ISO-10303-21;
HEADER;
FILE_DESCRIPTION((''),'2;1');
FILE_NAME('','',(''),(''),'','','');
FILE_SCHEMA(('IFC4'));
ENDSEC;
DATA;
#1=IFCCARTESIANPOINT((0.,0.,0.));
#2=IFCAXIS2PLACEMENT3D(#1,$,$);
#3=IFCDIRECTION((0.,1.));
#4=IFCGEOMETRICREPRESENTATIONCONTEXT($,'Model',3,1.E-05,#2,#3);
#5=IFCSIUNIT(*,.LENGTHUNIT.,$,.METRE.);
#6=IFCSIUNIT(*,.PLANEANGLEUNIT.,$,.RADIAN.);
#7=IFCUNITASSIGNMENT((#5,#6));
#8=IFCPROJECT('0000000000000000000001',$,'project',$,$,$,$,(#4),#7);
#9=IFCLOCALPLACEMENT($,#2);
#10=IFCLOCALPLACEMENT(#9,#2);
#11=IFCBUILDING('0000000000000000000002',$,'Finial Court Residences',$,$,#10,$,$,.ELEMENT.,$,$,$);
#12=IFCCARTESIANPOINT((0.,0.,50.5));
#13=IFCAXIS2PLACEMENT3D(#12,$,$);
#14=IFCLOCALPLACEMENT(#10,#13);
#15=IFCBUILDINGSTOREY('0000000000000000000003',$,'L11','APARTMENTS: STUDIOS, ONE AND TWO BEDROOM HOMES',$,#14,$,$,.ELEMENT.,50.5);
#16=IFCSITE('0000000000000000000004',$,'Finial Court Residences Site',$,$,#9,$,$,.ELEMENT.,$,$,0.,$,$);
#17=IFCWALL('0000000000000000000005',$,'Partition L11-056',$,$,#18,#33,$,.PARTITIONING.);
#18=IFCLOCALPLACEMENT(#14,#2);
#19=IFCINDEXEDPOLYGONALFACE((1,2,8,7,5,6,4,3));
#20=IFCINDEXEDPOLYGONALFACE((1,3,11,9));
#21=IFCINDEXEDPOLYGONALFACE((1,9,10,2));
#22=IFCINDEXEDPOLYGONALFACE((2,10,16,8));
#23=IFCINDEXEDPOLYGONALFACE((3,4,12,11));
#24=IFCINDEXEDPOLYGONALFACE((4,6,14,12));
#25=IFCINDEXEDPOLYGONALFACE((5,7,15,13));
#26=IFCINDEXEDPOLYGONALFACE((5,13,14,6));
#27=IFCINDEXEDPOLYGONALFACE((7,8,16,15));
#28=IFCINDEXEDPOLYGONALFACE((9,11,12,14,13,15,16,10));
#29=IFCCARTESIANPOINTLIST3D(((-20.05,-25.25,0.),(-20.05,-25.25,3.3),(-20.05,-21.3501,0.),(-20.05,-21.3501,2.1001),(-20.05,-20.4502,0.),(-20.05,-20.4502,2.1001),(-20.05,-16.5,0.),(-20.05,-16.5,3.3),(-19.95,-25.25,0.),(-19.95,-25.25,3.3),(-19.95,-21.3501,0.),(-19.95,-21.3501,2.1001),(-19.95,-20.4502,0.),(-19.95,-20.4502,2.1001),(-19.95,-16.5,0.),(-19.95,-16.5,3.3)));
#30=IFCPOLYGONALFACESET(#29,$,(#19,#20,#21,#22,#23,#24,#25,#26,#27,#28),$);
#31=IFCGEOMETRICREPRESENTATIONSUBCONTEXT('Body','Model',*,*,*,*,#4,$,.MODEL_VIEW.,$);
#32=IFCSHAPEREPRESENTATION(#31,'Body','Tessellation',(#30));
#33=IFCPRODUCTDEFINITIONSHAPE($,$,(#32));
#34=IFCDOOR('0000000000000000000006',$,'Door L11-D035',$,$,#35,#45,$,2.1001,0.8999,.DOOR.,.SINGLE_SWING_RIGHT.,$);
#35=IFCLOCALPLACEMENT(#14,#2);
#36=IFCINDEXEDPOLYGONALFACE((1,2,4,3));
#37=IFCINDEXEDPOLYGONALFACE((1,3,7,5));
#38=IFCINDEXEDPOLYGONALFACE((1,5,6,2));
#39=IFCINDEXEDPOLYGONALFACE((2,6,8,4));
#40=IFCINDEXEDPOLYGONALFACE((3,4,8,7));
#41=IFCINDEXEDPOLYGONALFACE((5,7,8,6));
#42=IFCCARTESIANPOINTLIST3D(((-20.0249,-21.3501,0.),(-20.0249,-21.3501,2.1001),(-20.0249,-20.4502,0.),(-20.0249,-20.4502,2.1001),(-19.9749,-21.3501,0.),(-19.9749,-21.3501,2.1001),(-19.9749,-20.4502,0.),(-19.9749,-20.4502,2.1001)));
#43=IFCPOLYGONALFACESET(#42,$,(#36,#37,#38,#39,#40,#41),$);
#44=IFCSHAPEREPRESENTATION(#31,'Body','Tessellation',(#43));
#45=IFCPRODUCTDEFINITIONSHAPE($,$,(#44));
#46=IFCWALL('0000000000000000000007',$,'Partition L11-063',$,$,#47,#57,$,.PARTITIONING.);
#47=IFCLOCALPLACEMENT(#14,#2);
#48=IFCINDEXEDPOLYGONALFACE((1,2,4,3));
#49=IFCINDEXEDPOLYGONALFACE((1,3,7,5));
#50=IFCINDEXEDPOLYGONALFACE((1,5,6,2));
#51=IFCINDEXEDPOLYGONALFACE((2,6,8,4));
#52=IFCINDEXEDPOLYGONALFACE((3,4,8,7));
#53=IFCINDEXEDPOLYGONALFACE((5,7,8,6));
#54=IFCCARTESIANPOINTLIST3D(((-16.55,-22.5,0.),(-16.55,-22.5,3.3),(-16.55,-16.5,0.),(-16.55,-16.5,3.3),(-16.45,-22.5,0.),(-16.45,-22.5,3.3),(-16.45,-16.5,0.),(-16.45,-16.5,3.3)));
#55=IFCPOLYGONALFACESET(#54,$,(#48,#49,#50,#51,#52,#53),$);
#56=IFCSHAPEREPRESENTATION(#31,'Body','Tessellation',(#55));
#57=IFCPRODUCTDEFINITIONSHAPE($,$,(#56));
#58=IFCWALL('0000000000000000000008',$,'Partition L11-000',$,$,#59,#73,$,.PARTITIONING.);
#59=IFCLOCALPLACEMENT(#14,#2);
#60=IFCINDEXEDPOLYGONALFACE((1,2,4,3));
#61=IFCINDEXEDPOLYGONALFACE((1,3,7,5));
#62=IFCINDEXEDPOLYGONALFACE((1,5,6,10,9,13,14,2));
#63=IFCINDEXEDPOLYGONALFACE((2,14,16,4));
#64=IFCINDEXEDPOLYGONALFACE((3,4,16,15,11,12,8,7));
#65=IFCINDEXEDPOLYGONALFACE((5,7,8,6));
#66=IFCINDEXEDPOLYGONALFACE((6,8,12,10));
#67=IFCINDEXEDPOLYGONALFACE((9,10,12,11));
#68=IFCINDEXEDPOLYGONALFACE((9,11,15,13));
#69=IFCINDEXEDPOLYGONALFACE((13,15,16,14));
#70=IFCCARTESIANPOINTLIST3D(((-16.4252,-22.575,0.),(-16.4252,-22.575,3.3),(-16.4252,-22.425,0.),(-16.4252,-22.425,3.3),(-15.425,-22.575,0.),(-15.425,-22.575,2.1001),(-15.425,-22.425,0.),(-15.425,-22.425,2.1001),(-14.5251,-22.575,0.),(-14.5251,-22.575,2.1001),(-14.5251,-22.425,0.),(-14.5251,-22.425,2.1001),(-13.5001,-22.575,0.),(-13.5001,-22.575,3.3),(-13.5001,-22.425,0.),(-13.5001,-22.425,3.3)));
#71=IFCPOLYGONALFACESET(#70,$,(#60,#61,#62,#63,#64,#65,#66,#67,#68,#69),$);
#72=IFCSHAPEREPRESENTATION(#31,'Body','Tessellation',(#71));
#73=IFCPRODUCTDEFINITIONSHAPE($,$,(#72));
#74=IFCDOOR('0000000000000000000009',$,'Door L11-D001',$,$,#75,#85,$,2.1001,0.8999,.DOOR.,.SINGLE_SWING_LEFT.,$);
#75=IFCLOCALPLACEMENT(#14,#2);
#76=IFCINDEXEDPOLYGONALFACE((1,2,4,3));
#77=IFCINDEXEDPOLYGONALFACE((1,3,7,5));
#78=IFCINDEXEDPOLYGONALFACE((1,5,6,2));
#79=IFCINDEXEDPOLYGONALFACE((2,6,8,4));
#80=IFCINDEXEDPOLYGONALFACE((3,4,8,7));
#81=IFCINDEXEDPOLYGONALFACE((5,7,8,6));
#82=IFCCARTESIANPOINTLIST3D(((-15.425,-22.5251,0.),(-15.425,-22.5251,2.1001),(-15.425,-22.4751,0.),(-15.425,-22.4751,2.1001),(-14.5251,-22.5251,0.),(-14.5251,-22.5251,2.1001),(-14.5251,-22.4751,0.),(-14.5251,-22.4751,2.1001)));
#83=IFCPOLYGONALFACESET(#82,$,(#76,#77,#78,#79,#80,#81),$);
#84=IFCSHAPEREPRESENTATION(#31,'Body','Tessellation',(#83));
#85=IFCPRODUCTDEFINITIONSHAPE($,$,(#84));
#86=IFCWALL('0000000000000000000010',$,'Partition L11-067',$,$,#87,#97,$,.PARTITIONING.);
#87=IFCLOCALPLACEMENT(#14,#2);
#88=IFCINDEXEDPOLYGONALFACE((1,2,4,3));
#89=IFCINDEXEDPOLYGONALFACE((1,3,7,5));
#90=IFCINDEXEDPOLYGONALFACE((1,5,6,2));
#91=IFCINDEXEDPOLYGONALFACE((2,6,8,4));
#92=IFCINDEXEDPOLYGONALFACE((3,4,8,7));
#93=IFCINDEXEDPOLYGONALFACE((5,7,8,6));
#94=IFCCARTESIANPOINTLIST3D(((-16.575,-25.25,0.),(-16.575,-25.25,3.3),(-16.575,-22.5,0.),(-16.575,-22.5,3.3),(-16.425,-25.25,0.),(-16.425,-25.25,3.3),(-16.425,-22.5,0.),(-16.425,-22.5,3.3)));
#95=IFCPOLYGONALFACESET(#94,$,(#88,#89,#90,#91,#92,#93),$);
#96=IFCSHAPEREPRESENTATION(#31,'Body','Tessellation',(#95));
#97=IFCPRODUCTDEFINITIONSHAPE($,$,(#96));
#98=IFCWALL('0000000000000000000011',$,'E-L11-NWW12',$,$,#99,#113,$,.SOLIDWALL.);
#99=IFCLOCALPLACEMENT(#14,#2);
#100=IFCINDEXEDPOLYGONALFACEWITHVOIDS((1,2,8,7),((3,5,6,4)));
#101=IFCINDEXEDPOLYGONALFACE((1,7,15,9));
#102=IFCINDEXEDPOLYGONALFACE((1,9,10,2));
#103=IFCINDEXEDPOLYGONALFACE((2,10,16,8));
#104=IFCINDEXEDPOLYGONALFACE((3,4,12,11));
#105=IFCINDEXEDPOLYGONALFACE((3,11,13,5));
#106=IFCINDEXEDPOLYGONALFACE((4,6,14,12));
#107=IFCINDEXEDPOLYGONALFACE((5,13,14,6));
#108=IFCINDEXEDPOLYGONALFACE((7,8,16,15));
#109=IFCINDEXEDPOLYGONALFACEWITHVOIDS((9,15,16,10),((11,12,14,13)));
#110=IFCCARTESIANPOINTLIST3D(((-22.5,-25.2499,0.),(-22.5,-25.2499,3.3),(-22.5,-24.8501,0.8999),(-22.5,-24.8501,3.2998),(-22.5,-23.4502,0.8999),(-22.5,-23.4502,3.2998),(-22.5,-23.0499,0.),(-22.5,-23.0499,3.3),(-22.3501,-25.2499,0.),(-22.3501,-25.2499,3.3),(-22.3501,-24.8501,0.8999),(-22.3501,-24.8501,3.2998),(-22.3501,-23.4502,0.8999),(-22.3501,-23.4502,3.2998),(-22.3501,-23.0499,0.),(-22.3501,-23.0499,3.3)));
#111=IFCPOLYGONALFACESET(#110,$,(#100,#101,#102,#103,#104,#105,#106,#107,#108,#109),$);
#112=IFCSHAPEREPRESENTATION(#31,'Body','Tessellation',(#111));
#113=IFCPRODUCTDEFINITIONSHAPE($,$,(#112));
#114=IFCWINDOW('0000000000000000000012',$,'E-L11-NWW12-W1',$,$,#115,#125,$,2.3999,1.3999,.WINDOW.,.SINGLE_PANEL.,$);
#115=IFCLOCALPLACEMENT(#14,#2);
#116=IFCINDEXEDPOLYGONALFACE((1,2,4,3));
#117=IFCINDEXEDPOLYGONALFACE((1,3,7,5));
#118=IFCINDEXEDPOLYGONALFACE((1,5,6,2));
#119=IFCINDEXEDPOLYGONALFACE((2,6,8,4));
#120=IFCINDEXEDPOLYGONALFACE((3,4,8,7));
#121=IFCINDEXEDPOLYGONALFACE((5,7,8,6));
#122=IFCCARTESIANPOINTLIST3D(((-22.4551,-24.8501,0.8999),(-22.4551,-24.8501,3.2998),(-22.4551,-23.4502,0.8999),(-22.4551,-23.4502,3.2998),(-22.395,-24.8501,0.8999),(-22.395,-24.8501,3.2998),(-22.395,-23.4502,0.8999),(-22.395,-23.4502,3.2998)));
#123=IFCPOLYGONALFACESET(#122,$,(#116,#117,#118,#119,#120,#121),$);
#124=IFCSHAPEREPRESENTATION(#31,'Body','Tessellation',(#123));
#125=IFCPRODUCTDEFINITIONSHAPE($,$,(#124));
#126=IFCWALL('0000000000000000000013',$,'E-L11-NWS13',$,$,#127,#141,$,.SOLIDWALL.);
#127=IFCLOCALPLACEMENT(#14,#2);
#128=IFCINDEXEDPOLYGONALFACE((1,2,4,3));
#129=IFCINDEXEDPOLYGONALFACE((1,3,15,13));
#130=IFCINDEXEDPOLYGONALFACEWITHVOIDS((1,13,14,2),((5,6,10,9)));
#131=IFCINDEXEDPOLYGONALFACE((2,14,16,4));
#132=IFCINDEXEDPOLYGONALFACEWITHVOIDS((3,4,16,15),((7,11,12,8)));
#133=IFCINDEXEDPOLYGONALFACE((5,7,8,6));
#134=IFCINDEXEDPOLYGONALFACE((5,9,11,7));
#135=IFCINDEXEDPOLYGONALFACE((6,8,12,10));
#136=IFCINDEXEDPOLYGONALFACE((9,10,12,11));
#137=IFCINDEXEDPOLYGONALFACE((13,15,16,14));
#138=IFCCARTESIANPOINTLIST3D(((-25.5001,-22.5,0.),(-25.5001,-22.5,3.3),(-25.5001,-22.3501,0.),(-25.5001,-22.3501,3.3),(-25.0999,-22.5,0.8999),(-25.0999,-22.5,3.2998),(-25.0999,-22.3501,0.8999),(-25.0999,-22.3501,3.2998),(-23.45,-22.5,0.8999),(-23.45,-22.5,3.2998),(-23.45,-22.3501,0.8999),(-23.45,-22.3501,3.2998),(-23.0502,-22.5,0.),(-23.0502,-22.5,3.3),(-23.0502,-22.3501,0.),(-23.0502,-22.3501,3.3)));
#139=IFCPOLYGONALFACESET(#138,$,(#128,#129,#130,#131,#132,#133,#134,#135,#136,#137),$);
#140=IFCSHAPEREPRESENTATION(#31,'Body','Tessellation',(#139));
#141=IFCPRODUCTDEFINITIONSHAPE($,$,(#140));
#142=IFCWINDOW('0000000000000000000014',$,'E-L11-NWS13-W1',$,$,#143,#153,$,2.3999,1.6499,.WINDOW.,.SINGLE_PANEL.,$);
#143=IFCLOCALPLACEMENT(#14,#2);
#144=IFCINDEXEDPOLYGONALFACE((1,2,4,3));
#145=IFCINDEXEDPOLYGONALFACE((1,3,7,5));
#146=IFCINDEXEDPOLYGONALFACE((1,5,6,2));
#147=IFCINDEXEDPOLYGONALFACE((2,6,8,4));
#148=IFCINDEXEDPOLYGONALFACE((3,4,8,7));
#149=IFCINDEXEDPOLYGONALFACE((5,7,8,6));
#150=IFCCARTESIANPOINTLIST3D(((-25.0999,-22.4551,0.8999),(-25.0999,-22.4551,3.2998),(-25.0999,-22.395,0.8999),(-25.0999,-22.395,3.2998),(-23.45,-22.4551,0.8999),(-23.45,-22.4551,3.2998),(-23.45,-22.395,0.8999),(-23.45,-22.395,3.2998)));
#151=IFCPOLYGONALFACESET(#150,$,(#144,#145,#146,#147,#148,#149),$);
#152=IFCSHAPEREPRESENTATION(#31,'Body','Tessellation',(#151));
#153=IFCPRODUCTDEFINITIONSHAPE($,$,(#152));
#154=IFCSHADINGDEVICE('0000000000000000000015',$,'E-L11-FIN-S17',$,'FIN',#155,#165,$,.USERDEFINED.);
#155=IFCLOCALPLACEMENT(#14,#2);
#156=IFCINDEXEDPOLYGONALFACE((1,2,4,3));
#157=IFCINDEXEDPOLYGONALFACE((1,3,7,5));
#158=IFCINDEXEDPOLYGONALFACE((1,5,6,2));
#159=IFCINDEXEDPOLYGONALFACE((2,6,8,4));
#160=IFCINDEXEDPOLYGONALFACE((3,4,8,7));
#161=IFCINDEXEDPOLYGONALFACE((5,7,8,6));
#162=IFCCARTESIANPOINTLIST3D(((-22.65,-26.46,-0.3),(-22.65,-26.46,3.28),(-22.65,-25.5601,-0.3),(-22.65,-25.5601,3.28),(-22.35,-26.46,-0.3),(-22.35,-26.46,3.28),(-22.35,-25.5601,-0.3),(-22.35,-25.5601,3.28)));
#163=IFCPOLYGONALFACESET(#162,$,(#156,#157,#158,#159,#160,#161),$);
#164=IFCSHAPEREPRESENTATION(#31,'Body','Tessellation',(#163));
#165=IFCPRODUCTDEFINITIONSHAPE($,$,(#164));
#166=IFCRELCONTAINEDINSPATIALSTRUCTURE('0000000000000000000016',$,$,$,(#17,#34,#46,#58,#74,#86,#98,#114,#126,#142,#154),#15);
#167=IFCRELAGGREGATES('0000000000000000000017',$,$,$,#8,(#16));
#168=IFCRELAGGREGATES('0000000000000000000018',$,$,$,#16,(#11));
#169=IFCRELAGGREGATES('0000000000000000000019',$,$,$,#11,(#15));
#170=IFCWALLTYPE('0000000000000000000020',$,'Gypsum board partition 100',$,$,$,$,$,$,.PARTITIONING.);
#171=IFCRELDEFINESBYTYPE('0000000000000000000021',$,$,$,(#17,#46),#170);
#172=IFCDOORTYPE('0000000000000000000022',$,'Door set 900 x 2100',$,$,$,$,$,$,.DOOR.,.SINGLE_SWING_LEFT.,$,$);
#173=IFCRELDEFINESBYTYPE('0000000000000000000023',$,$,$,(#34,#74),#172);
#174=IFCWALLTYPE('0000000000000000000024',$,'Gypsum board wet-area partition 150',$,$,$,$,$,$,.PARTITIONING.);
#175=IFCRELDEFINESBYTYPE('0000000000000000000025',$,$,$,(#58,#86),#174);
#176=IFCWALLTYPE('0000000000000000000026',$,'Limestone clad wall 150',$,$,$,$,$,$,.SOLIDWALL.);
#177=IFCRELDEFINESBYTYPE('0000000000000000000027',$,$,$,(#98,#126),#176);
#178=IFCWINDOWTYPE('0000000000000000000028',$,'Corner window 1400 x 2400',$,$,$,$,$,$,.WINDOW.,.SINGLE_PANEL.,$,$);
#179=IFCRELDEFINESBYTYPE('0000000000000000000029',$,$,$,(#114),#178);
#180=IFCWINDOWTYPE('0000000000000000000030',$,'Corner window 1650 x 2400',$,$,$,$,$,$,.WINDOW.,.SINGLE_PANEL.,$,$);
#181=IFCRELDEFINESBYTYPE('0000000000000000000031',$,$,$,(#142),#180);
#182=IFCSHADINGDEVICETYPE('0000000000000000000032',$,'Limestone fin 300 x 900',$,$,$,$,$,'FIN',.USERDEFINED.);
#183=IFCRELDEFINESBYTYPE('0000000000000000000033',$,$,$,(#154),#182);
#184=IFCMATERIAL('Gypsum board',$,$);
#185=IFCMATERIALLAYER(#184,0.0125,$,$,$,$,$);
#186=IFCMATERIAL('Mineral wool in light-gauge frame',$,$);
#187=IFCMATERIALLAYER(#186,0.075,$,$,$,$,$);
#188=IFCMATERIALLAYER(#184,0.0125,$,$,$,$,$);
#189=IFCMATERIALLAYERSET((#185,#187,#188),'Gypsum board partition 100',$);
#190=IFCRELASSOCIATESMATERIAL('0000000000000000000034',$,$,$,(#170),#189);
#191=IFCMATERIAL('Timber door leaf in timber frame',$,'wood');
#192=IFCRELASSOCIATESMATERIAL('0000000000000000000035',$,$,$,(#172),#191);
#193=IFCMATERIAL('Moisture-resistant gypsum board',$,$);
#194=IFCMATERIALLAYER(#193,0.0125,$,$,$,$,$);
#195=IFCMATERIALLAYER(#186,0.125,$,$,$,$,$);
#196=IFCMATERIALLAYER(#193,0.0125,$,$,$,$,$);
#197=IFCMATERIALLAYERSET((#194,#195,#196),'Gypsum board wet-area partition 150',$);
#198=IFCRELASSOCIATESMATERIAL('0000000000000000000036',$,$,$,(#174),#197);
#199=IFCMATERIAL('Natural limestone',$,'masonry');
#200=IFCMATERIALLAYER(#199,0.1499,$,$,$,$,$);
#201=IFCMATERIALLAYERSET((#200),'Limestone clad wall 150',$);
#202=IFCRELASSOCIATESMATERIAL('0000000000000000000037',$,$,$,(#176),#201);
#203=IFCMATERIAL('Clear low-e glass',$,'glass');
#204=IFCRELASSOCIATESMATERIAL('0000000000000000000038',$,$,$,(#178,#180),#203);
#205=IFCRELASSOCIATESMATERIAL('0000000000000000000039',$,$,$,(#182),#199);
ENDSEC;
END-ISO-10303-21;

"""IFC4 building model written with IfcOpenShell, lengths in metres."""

from ifc_helpers import new_model, si_unit, direction, frame, frame_2d, origin, origin_2d, place, context, subcontext, project, spatial, rectangle, extrude, material, layer, layer_set, type_object, element, fill, save


model = new_model("IFC4")

# Units and contexts
model_context = context("Model", 3, precision=1e-05, world=origin(), true_north=direction((0.0, 1.0)))
body_context = subcontext(model_context, "Body", "Model", "MODEL_VIEW")
ifc_project = project(units=[si_unit("LENGTHUNIT", "METRE"), si_unit("PLANEANGLEUNIT", "RADIAN")], contexts=[model_context])

# Site, building, storey
site_placement = place(None, origin())
site = spatial("IfcSite", under=ifc_project, at=site_placement, Name="Finial Court Residences Site", CompositionType="ELEMENT", RefElevation=0.0)
building_placement = place(site_placement, origin())
building = spatial("IfcBuilding", under=site, at=building_placement, Name="Finial Court Residences", CompositionType="ELEMENT")
storey_placement = place(building_placement, frame((0.0, 0.0, 50.5)))
storey = spatial("IfcBuildingStorey", under=building, at=storey_placement, Name="L11", Description="APARTMENTS: STUDIOS, ONE AND TWO BEDROOM HOMES", CompositionType="ELEMENT", Elevation=50.5)

# Shared definitions
ifc_material_1 = material(Name="Clear low-e glass", Category="glass")

# Wall, opening, door
ifc_material_2 = material(Name="Gypsum board")
ifc_layer_1 = layer(ifc_material_2, 0.0125)
ifc_material_3 = material(Name="Mineral wool in light-gauge frame")
ifc_layer_2 = layer(ifc_material_3, 0.075)
ifc_layer_3 = layer(ifc_material_2, 0.0125)
ifc_layer_set_1 = layer_set([ifc_layer_1, ifc_layer_2, ifc_layer_3], Name="Gypsum board partition 100")
wall_type_1 = type_object("IfcWallType", Name="Gypsum board partition 100", PredefinedType="PARTITIONING", material=ifc_layer_set_1)
wall_1_placement = place(storey_placement, frame((-20.0, -25.25, 0.0), z_axis=(0.0, 0.0, 1.0), x_axis=(0.0, 1.0, 0.0)))
wall_1 = element("IfcWall", 1, at=wall_1_placement, inside=storey, type_object=wall_type_1, Name="Partition L11-056", PredefinedType="PARTITIONING", context=body_context, shape_type="SweptSolid", body=[
    extrude(rectangle(XDim=8.75, YDim=0.1001, at=frame_2d((4.375, 0.0))), origin(), (0.0, 0.0, 1.0), 3.3),
])
opening_1_placement = place(wall_1_placement, frame((3.8999, 0.0, 0.0)))
opening_1 = element("IfcOpeningElement", 2, at=opening_1_placement, cuts=wall_1, PredefinedType="OPENING", context=body_context, shape_type="SweptSolid", body=[
    extrude(rectangle(XDim=0.8999, YDim=2.1001, at=frame_2d((0.45, 1.05))), frame((0.0, 0.0601, 0.0), z_axis=(0.0, -1.0, 0.0), x_axis=(1.0, 0.0, 0.0)), (0.0, 0.0, 1.0), 0.1201),
])
ifc_material_4 = material(Name="Timber door leaf in timber frame", Category="wood")
door_type = type_object("IfcDoorType", Name="Door set 900 x 2100", OperationType="SINGLE_SWING_LEFT", PredefinedType="DOOR", material=ifc_material_4)
door_1_placement = place(opening_1_placement, origin())
door_1 = element("IfcDoor", 3, at=door_1_placement, inside=storey, type_object=door_type, Name="Door L11-D035", OperationType="SINGLE_SWING_RIGHT", OverallHeight=2.1001, OverallWidth=0.8999, PredefinedType="DOOR", context=body_context, shape_type="SweptSolid", body=[
    extrude(rectangle(XDim=0.8999, YDim=2.1001, at=frame_2d((0.45, 1.05))), frame((0.0, 0.0249, 0.0), z_axis=(0.0, -1.0, 0.0), x_axis=(1.0, 0.0, 0.0)), (0.0, 0.0, 1.0), 0.05),
])
fill(opening_1, door_1)

# Wall
wall_2_placement = place(storey_placement, frame((-16.5, -22.5, 0.0), z_axis=(0.0, 0.0, 1.0), x_axis=(0.0, 1.0, 0.0)))
element("IfcWall", 4, at=wall_2_placement, inside=storey, type_object=wall_type_1, Name="Partition L11-063", PredefinedType="PARTITIONING", context=body_context, shape_type="SweptSolid", body=[
    extrude(rectangle(XDim=6.0, YDim=0.1001, at=frame_2d((3.0, 0.0))), origin(), (0.0, 0.0, 1.0), 3.3),
])

# Wall, opening, door
ifc_material_5 = material(Name="Moisture-resistant gypsum board")
ifc_layer_4 = layer(ifc_material_5, 0.0125)
ifc_layer_5 = layer(ifc_material_3, 0.125)
ifc_layer_6 = layer(ifc_material_5, 0.0125)
ifc_layer_set_2 = layer_set([ifc_layer_4, ifc_layer_5, ifc_layer_6], Name="Gypsum board wet-area partition 150")
wall_type_2 = type_object("IfcWallType", Name="Gypsum board wet-area partition 150", PredefinedType="PARTITIONING", material=ifc_layer_set_2)
wall_3_placement = place(storey_placement, frame((-16.425, -22.5, 0.0), z_axis=(0.0, 0.0, 1.0), x_axis=(1.0, 0.0, 0.0)))
wall_3 = element("IfcWall", 5, at=wall_3_placement, inside=storey, type_object=wall_type_2, Name="Partition L11-000", PredefinedType="PARTITIONING", context=body_context, shape_type="SweptSolid", body=[
    extrude(rectangle(XDim=2.925, YDim=0.1499, at=frame_2d((1.4624, 0.0))), origin(), (0.0, 0.0, 1.0), 3.3),
])
opening_2_placement = place(wall_3_placement, frame((1.0, 0.0, 0.0)))
opening_2 = element("IfcOpeningElement", 6, at=opening_2_placement, cuts=wall_3, PredefinedType="OPENING", context=body_context, shape_type="SweptSolid", body=[
    extrude(rectangle(XDim=0.8999, YDim=2.1001, at=frame_2d((0.45, 1.05))), frame((0.0, 0.085, 0.0), z_axis=(0.0, -1.0, 0.0), x_axis=(1.0, 0.0, 0.0)), (0.0, 0.0, 1.0), 0.1699),
])
door_2_placement = place(opening_2_placement, origin())
door_2 = element("IfcDoor", 7, at=door_2_placement, inside=storey, type_object=door_type, Name="Door L11-D001", OperationType="SINGLE_SWING_LEFT", OverallHeight=2.1001, OverallWidth=0.8999, PredefinedType="DOOR", context=body_context, shape_type="SweptSolid", body=[
    extrude(rectangle(XDim=0.8999, YDim=2.1001, at=frame_2d((0.45, 1.05))), frame((0.0, 0.0249, 0.0), z_axis=(0.0, -1.0, 0.0), x_axis=(1.0, 0.0, 0.0)), (0.0, 0.0, 1.0), 0.05),
])
fill(opening_2, door_2)

# Wall
wall_4_placement = place(storey_placement, frame((-16.5, -25.25, 0.0), z_axis=(0.0, 0.0, 1.0), x_axis=(0.0, 1.0, 0.0)))
element("IfcWall", 8, at=wall_4_placement, inside=storey, type_object=wall_type_2, Name="Partition L11-067", PredefinedType="PARTITIONING", context=body_context, shape_type="SweptSolid", body=[
    extrude(rectangle(XDim=2.75, YDim=0.1499, at=frame_2d((1.375, 0.0))), origin(), (0.0, 0.0, 1.0), 3.3),
])

# Walls, openings, windows
ifc_material_6 = material(Name="Natural limestone", Category="masonry")
ifc_layer_7 = layer(ifc_material_6, 0.1499)
ifc_layer_set_3 = layer_set([ifc_layer_7], Name="Limestone clad wall 150")
wall_type_3 = type_object("IfcWallType", Name="Limestone clad wall 150", PredefinedType="SOLIDWALL", material=ifc_layer_set_3)
wall_5_placement = place(storey_placement, frame((-22.425, -25.25, 0.0), z_axis=(0.0, 0.0, 1.0), x_axis=(0.0, 1.0, 0.0)))
wall_5 = element("IfcWall", 9, at=wall_5_placement, inside=storey, type_object=wall_type_3, Name="E-L11-NWW12", PredefinedType="SOLIDWALL", context=body_context, shape_type="SweptSolid", body=[
    extrude(rectangle(XDim=2.2, YDim=0.1499, at=frame_2d((1.1001, 0.0))), origin(), (0.0, 0.0, 1.0), 3.3),
])
opening_3_placement = place(wall_5_placement, frame((0.3999, 0.0, 0.8999)))
opening_3 = element("IfcOpeningElement", 10, at=opening_3_placement, cuts=wall_5, PredefinedType="OPENING", context=body_context, shape_type="SweptSolid", body=[
    extrude(rectangle(XDim=1.3999, YDim=2.3999, at=frame_2d((0.7, 1.2))), frame((0.0, 0.085, 0.0), z_axis=(0.0, -1.0, 0.0), x_axis=(1.0, 0.0, 0.0)), (0.0, 0.0, 1.0), 0.1699),
])
window_type_1 = type_object("IfcWindowType", Name="Corner window 1400 x 2400", PartitioningType="SINGLE_PANEL", PredefinedType="WINDOW", material=ifc_material_1)
window_1_placement = place(opening_3_placement, origin())
window_1 = element("IfcWindow", 11, at=window_1_placement, inside=storey, type_object=window_type_1, Name="E-L11-NWW12-W1", OverallHeight=2.3999, OverallWidth=1.3999, PartitioningType="SINGLE_PANEL", PredefinedType="WINDOW", context=body_context, shape_type="SweptSolid", body=[
    extrude(rectangle(XDim=1.3999, YDim=2.3999, at=frame_2d((0.7, 1.2))), frame((0.0, 0.03, 0.0), z_axis=(0.0, -1.0, 0.0), x_axis=(1.0, 0.0, 0.0)), (0.0, 0.0, 1.0), 0.0601),
])
fill(opening_3, window_1)
wall_6_placement = place(storey_placement, frame((-23.05, -22.425, 0.0), z_axis=(0.0, 0.0, 1.0), x_axis=(-1.0, 0.0, 0.0)))
wall_6 = element("IfcWall", 12, at=wall_6_placement, inside=storey, type_object=wall_type_3, Name="E-L11-NWS13", PredefinedType="SOLIDWALL", context=body_context, shape_type="SweptSolid", body=[
    extrude(rectangle(XDim=2.45, YDim=0.1499, at=frame_2d((1.2251, 0.0))), origin(), (0.0, 0.0, 1.0), 3.3),
])
opening_4_placement = place(wall_6_placement, frame((0.3999, 0.0, 0.8999)))
opening_4 = element("IfcOpeningElement", 13, at=opening_4_placement, cuts=wall_6, PredefinedType="OPENING", context=body_context, shape_type="SweptSolid", body=[
    extrude(rectangle(XDim=1.6499, YDim=2.3999, at=frame_2d((0.825, 1.2))), frame((0.0, 0.085, 0.0), z_axis=(0.0, -1.0, 0.0), x_axis=(1.0, 0.0, 0.0)), (0.0, 0.0, 1.0), 0.1699),
])
window_type_2 = type_object("IfcWindowType", Name="Corner window 1650 x 2400", PartitioningType="SINGLE_PANEL", PredefinedType="WINDOW", material=ifc_material_1)
window_2_placement = place(opening_4_placement, origin())
window_2 = element("IfcWindow", 14, at=window_2_placement, inside=storey, type_object=window_type_2, Name="E-L11-NWS13-W1", OverallHeight=2.3999, OverallWidth=1.6499, PartitioningType="SINGLE_PANEL", PredefinedType="WINDOW", context=body_context, shape_type="SweptSolid", body=[
    extrude(rectangle(XDim=1.6499, YDim=2.3999, at=frame_2d((0.825, 1.2))), frame((0.0, 0.03, 0.0), z_axis=(0.0, -1.0, 0.0), x_axis=(1.0, 0.0, 0.0)), (0.0, 0.0, 1.0), 0.0601),
])
fill(opening_4, window_2)

# Shading device
shading_device_type = type_object("IfcShadingDeviceType", Name="Limestone fin 300 x 900", ElementType="FIN", PredefinedType="USERDEFINED", material=ifc_material_6)
for number, where, z_axis, x_axis, name in (
    (15, (-22.5, -26.01, -0.3), (0.0, 0.0, 1.0), (1.0, 0.0, 0.0), "E-L11-FIN-S17"),
):
    element("IfcShadingDevice", number, at=place(storey_placement, frame(where, z_axis=z_axis, x_axis=x_axis)), inside=storey, type_object=shading_device_type, Name=name, ObjectType="FIN", PredefinedType="USERDEFINED", context=body_context, shape_type="SweptSolid", body=[
        extrude(rectangle(XDim=0.3, YDim=0.8999, at=origin_2d()), origin(), (0.0, 0.0, 1.0), 3.5801),
    ])

save(model, "model.ifc")
